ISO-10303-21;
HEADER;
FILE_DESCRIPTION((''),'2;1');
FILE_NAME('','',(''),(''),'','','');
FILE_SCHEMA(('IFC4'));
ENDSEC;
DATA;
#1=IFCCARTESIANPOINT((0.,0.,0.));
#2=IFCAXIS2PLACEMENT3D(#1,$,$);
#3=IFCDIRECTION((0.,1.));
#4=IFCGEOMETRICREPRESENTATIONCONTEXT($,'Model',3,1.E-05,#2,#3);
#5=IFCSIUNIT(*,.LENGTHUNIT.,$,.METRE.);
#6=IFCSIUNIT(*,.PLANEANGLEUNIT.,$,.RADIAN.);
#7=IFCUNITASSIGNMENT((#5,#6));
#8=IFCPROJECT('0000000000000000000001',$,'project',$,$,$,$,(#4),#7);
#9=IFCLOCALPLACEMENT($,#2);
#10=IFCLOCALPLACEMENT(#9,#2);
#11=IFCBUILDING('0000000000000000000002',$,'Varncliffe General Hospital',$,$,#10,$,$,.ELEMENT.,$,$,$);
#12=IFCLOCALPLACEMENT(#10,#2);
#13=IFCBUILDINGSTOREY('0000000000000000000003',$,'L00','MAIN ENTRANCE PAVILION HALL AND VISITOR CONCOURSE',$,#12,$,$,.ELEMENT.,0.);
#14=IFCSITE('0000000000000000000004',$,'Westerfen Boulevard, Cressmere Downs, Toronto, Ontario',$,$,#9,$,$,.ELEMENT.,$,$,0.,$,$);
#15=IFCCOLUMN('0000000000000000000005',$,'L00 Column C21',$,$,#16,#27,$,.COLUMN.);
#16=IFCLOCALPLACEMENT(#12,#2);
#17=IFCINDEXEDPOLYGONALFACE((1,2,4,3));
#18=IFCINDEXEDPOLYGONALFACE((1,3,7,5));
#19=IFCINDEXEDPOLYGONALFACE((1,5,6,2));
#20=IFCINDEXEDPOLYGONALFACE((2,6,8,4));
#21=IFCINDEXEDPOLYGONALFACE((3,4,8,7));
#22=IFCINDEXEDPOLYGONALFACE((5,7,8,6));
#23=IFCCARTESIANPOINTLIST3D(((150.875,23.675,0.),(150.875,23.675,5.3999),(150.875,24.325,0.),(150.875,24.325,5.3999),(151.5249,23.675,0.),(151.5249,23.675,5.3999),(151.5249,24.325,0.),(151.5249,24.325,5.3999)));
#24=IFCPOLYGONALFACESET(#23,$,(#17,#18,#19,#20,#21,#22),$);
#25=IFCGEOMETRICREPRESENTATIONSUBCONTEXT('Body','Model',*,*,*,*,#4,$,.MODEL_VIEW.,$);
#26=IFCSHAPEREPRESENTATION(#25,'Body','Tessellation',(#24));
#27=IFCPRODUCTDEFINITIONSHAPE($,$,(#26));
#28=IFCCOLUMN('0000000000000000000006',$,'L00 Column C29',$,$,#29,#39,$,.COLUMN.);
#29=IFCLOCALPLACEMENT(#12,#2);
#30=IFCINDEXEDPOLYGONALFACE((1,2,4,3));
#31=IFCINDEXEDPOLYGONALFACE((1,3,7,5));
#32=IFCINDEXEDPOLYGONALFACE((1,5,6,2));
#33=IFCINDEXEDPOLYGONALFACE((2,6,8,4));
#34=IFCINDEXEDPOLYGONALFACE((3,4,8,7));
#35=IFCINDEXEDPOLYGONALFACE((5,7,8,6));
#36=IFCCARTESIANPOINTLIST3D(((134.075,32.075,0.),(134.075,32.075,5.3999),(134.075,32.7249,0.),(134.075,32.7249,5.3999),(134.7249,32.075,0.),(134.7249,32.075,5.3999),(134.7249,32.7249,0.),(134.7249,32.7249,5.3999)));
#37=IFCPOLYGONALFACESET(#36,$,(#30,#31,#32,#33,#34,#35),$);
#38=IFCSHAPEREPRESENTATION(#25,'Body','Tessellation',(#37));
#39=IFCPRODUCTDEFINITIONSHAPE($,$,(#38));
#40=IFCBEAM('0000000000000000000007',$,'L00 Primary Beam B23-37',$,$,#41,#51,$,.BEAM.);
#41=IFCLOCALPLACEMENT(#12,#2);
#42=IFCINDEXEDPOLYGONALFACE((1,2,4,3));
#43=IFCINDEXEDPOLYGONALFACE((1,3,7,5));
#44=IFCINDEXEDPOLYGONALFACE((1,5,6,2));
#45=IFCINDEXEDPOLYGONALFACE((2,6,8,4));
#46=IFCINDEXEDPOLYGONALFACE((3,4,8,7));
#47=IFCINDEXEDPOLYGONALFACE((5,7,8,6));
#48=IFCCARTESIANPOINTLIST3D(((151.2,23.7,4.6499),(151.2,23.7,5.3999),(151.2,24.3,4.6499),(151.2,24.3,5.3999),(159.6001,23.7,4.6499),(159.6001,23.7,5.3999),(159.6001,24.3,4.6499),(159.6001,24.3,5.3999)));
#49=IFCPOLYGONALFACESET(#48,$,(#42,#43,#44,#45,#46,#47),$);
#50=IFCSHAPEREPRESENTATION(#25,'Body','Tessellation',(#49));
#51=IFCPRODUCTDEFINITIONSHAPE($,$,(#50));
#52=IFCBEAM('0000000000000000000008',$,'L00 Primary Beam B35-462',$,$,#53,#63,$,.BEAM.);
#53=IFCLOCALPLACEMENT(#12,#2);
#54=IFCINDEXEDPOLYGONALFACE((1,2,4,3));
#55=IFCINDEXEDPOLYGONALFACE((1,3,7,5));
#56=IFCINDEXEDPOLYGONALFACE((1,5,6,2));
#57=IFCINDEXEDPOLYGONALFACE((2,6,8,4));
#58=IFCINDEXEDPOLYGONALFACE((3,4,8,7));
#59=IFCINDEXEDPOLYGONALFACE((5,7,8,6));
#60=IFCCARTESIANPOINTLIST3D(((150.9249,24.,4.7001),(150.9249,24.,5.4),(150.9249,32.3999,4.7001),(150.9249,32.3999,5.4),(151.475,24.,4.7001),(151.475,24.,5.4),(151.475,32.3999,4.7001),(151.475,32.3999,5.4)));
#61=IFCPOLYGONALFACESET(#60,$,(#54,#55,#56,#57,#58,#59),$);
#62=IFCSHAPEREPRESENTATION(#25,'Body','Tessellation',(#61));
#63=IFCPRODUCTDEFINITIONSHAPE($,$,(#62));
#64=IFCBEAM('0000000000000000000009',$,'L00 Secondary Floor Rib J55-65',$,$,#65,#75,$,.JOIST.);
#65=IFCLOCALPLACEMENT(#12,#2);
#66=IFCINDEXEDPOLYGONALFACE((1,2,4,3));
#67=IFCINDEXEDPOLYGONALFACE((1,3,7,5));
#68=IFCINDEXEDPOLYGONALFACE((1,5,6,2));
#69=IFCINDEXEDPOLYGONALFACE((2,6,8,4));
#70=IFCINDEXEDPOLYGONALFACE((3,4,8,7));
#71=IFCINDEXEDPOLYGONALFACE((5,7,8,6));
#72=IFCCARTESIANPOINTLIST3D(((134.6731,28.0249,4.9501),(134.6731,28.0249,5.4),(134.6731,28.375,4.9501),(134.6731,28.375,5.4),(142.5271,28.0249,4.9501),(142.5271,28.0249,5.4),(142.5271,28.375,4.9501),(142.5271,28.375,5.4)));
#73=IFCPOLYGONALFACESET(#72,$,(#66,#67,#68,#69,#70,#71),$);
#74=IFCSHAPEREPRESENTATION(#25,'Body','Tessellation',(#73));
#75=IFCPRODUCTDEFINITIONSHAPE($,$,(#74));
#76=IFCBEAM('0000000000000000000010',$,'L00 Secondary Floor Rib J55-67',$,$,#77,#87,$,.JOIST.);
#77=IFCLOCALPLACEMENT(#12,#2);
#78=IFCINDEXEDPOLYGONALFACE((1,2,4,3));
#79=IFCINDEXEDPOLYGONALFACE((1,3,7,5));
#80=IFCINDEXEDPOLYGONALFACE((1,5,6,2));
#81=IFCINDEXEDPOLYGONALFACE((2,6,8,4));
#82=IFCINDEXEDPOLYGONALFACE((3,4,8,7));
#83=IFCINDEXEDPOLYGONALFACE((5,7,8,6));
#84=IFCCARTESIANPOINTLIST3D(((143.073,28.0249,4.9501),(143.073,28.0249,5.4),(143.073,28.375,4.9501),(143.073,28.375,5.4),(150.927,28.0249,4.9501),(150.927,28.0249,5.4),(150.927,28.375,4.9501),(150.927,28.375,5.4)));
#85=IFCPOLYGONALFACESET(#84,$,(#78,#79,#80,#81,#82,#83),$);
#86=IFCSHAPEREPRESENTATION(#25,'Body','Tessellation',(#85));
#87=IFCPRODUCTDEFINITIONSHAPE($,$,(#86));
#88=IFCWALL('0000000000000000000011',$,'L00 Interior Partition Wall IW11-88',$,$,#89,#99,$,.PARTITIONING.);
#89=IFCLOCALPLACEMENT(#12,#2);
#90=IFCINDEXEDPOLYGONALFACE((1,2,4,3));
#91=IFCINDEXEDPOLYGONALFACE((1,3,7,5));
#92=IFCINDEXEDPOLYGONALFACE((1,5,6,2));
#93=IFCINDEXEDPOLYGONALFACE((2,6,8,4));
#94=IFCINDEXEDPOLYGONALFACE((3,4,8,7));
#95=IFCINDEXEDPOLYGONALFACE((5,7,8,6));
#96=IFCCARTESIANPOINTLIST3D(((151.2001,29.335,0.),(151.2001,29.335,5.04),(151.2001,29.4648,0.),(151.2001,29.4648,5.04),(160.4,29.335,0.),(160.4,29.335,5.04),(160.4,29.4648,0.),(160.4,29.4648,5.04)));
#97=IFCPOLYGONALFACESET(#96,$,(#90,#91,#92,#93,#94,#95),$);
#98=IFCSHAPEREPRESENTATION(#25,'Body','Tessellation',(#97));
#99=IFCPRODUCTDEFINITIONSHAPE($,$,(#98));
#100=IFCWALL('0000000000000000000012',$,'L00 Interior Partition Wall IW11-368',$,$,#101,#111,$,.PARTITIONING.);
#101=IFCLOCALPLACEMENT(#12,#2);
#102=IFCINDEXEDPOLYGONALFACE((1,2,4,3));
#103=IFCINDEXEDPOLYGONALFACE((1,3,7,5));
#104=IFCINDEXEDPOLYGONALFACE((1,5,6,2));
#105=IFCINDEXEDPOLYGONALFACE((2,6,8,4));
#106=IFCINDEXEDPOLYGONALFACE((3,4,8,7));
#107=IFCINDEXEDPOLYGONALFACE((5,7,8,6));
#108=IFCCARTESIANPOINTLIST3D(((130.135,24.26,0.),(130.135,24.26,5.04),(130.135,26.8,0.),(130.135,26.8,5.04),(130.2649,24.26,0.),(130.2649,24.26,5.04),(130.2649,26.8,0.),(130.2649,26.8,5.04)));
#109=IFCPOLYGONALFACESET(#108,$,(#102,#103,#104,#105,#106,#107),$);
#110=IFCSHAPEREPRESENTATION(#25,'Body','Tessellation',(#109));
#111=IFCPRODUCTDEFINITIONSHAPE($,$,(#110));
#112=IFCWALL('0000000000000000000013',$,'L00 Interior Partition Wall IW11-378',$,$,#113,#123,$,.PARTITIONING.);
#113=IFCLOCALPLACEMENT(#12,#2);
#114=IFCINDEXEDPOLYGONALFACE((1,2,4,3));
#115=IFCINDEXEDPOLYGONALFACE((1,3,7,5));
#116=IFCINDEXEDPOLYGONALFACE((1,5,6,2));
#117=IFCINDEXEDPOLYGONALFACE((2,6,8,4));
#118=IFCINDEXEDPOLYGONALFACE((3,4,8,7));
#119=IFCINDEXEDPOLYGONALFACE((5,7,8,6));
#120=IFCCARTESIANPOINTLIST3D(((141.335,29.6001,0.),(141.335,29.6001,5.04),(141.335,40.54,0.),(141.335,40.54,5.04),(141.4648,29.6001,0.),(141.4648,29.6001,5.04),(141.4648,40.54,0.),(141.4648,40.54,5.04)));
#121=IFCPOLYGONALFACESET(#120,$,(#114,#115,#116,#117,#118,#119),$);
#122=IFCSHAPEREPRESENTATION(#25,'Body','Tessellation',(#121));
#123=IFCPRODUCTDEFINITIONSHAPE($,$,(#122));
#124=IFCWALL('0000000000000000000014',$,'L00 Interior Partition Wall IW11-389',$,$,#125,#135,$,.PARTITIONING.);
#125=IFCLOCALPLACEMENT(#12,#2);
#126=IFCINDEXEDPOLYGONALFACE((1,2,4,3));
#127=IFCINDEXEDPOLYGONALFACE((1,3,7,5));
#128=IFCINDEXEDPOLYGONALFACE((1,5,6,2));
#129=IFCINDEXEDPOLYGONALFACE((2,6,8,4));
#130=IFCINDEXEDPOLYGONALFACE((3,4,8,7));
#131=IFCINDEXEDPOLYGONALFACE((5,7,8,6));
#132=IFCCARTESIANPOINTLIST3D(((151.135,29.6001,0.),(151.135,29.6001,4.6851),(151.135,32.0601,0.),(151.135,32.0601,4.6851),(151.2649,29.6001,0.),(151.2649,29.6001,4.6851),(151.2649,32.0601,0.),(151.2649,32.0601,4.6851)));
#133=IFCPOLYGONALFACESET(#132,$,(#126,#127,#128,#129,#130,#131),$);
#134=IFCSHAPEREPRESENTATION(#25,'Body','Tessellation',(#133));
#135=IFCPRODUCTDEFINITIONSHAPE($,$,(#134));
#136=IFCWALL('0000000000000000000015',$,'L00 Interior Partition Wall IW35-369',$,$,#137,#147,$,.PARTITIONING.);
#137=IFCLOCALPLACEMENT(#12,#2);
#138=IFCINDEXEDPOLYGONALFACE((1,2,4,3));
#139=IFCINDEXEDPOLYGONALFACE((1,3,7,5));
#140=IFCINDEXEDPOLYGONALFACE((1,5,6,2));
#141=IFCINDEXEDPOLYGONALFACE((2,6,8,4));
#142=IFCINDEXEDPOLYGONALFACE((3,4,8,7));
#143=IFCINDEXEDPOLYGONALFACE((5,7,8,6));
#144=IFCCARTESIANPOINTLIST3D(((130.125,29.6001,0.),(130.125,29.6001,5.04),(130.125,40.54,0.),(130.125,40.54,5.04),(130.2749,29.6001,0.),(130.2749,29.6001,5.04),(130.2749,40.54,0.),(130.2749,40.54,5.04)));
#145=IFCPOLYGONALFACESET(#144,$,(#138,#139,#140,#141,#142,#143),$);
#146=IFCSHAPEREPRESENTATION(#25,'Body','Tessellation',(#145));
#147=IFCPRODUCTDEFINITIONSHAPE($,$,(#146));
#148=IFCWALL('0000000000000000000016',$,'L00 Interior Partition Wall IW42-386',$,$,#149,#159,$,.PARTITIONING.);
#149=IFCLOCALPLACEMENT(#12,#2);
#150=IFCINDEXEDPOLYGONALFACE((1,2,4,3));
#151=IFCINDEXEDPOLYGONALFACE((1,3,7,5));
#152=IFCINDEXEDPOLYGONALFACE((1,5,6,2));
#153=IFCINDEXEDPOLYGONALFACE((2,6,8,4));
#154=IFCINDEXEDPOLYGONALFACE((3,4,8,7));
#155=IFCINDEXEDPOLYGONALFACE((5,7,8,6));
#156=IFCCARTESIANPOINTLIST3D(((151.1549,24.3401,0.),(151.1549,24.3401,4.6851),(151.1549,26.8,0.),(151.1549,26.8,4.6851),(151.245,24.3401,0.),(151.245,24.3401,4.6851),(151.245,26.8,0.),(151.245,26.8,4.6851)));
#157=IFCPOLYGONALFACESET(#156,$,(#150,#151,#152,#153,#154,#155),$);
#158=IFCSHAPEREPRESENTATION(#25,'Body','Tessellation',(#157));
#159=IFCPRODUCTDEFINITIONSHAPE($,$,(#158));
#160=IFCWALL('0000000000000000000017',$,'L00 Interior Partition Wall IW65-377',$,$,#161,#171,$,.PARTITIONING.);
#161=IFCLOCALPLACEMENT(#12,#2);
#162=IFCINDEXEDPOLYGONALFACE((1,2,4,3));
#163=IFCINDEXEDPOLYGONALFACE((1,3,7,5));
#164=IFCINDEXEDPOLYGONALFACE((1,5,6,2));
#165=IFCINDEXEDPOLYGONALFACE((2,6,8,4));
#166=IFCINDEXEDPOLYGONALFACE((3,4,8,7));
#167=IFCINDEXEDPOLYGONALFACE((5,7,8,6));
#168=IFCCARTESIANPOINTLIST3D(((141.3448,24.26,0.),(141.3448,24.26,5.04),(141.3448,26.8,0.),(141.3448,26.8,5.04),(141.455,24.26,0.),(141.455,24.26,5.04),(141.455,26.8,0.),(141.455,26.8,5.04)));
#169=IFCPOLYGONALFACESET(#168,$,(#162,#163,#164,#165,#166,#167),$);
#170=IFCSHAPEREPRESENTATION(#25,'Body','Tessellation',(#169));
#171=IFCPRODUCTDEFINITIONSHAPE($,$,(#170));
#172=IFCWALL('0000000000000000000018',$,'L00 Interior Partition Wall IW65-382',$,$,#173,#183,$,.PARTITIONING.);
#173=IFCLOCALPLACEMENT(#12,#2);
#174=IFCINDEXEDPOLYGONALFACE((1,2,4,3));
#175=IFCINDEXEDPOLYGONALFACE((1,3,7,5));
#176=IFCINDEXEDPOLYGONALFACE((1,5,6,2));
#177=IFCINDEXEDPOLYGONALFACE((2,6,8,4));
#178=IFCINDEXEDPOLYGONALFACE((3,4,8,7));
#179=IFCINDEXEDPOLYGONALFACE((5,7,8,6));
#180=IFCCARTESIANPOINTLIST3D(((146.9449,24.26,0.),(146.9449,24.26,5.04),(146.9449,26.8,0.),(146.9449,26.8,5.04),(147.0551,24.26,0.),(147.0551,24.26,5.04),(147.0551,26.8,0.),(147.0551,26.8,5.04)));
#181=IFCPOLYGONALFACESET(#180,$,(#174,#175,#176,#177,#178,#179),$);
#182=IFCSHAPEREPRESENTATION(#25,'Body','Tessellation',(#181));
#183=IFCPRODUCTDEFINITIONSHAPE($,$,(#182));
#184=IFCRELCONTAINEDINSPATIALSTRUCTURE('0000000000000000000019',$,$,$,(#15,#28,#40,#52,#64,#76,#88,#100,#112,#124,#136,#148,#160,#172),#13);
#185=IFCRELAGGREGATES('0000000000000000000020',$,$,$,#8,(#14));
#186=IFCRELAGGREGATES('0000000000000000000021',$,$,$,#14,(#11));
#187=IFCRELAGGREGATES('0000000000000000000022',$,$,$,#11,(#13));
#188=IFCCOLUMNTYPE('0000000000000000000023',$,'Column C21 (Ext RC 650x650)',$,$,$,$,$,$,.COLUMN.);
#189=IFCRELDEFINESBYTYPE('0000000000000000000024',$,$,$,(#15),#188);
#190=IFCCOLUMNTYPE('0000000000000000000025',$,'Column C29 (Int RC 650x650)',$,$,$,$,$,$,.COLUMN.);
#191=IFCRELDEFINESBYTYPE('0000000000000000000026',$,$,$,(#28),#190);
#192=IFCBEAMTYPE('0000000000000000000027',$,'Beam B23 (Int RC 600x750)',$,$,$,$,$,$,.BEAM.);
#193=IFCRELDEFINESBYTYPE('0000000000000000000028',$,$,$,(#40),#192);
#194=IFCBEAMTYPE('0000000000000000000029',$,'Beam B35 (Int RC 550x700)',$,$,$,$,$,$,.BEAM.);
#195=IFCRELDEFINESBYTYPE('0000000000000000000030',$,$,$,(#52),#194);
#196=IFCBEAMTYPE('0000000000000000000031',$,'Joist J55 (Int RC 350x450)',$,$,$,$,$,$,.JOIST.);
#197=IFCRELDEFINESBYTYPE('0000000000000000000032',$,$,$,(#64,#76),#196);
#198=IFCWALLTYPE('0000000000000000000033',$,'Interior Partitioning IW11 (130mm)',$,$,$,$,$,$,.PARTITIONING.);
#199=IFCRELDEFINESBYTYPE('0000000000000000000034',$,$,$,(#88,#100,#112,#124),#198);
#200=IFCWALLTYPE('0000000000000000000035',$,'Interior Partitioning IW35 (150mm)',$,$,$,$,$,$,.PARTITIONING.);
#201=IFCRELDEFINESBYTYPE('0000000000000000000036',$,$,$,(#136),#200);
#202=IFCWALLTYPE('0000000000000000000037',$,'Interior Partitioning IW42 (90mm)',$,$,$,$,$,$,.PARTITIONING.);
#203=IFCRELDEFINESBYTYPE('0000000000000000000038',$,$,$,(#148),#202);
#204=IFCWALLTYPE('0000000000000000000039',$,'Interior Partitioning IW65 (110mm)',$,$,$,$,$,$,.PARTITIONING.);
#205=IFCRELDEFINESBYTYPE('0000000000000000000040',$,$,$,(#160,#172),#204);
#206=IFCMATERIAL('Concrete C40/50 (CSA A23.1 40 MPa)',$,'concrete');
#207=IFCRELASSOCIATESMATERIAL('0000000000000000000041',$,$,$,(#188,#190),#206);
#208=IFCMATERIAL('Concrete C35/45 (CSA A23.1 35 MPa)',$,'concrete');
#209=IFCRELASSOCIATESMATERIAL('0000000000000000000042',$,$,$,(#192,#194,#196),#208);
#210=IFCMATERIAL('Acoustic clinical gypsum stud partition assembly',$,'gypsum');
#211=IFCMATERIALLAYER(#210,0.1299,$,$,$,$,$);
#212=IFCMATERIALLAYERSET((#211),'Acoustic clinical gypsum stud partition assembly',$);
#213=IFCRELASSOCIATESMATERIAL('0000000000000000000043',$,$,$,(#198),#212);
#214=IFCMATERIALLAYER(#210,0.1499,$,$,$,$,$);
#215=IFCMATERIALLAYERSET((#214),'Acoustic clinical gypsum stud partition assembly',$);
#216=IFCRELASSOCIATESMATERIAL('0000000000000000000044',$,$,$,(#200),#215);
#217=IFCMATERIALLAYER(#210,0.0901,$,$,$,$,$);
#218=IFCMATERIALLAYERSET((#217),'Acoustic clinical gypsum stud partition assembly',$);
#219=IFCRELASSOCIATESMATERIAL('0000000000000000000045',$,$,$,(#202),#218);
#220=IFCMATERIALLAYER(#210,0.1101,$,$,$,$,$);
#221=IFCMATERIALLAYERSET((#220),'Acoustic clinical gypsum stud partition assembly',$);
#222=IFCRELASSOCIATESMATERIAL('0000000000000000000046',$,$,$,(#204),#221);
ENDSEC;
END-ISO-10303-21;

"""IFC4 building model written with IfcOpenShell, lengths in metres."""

from ifc_helpers import new_model, si_unit, direction, frame, frame_2d, origin, origin_2d, place, context, subcontext, project, spatial, rectangle, extrude, material, layer, layer_set, material_profile, profile_set, type_object, element, save


model = new_model("IFC4")

# Units and contexts
model_context = context("Model", 3, precision=1e-05, world=origin(), true_north=direction((0.0, 1.0)))
body_context = subcontext(model_context, "Body", "Model", "MODEL_VIEW")
ifc_project = project(units=[si_unit("LENGTHUNIT", "METRE"), si_unit("PLANEANGLEUNIT", "RADIAN")], contexts=[model_context])

# Site, building, storey
site_placement = place(None, origin())
site = spatial("IfcSite", under=ifc_project, at=site_placement, Name="Westerfen Boulevard, Cressmere Downs, Toronto, Ontario", CompositionType="ELEMENT", RefElevation=0.0)
building_placement = place(site_placement, origin())
building = spatial("IfcBuilding", under=site, at=building_placement, Name="Varncliffe General Hospital", CompositionType="ELEMENT")
storey_placement = place(building_placement, origin())
storey = spatial("IfcBuildingStorey", under=building, at=storey_placement, Name="L00", Description="MAIN ENTRANCE PAVILION HALL AND VISITOR CONCOURSE", CompositionType="ELEMENT", Elevation=0.0)

# Columns
ifc_material_1 = material(Name="Concrete C40/50 (CSA A23.1 40 MPa)", Category="concrete")
ifc_material_profile_1 = material_profile(ifc_material_1, rectangle(XDim=0.6499, YDim=0.6499, at=origin_2d()), Name="RC 650x650")
ifc_profile_set_1 = profile_set([ifc_material_profile_1], Name="Concrete C40/50 (CSA A23.1 40 MPa)")
column_type_1 = type_object("IfcColumnType", Name="Column C21 (Ext RC 650x650)", PredefinedType="COLUMN", material=ifc_profile_set_1)
column_1_placement = place(storey_placement, frame((151.2, 24.0, 0.0), z_axis=(0.0, 0.0, 1.0), x_axis=(1.0, 0.0, 0.0)))
element("IfcColumn", 1, at=column_1_placement, inside=storey, type_object=column_type_1, Name="L00 Column C21", PredefinedType="COLUMN", context=body_context, shape_type="SweptSolid", body=[
    extrude(rectangle(XDim=0.6499, YDim=0.6499, at=origin_2d()), origin(), (0.0, 0.0, 1.0), 5.3999),
])
ifc_material_profile_2 = material_profile(ifc_material_1, rectangle(XDim=0.6499, YDim=0.6499, at=origin_2d()), Name="RC 650x650")
ifc_profile_set_2 = profile_set([ifc_material_profile_2], Name="Concrete C40/50 (CSA A23.1 40 MPa)")
column_type_2 = type_object("IfcColumnType", Name="Column C29 (Int RC 650x650)", PredefinedType="COLUMN", material=ifc_profile_set_2)
column_2_placement = place(storey_placement, frame((134.3999, 32.3999, 0.0), z_axis=(0.0, 0.0, 1.0), x_axis=(1.0, 0.0, 0.0)))
element("IfcColumn", 2, at=column_2_placement, inside=storey, type_object=column_type_2, Name="L00 Column C29", PredefinedType="COLUMN", context=body_context, shape_type="SweptSolid", body=[
    extrude(rectangle(XDim=0.6499, YDim=0.6499, at=origin_2d()), origin(), (0.0, 0.0, 1.0), 5.3999),
])

# Beams
ifc_material_2 = material(Name="Concrete C35/45 (CSA A23.1 35 MPa)", Category="concrete")
ifc_material_profile_3 = material_profile(ifc_material_2, rectangle(XDim=0.6001, YDim=0.75, at=origin_2d()), Name="RC 600x750")
ifc_profile_set_3 = profile_set([ifc_material_profile_3], Name="Concrete C35/45 (CSA A23.1 35 MPa)")
beam_type_1 = type_object("IfcBeamType", Name="Beam B23 (Int RC 600x750)", PredefinedType="BEAM", material=ifc_profile_set_3)
beam_1_placement = place(storey_placement, frame((151.2, 24.0, 5.0249), z_axis=(1.0, 0.0, 0.0), x_axis=(0.0, 1.0, 0.0)))
element("IfcBeam", 3, at=beam_1_placement, inside=storey, type_object=beam_type_1, Name="L00 Primary Beam B23-37", PredefinedType="BEAM", context=body_context, shape_type="SweptSolid", body=[
    extrude(rectangle(XDim=0.6001, YDim=0.75, at=origin_2d()), origin(), (0.0, 0.0, 1.0), 8.4001),
])
ifc_material_profile_4 = material_profile(ifc_material_2, rectangle(XDim=0.55, YDim=0.7, at=origin_2d()), Name="RC 550x700")
ifc_profile_set_4 = profile_set([ifc_material_profile_4], Name="Concrete C35/45 (CSA A23.1 35 MPa)")
beam_type_2 = type_object("IfcBeamType", Name="Beam B35 (Int RC 550x700)", PredefinedType="BEAM", material=ifc_profile_set_4)
beam_2_placement = place(storey_placement, frame((151.2, 24.0, 5.05), z_axis=(0.0, 1.0, 0.0), x_axis=(-1.0, 0.0, 0.0)))
element("IfcBeam", 4, at=beam_2_placement, inside=storey, type_object=beam_type_2, Name="L00 Primary Beam B35-462", PredefinedType="BEAM", context=body_context, shape_type="SweptSolid", body=[
    extrude(rectangle(XDim=0.55, YDim=0.7, at=origin_2d()), origin(), (0.0, 0.0, 1.0), 8.3999),
])
ifc_material_profile_5 = material_profile(ifc_material_2, rectangle(XDim=0.3501, YDim=0.45, at=origin_2d()), Name="RC 350x450")
ifc_profile_set_5 = profile_set([ifc_material_profile_5], Name="Concrete C35/45 (CSA A23.1 35 MPa)")
beam_type_3 = type_object("IfcBeamType", Name="Joist J55 (Int RC 350x450)", PredefinedType="JOIST", material=ifc_profile_set_5)
for number, where, z_axis, x_axis, name in (
    (5, (134.6731, 28.2, 5.175), (1.0, 0.0, 0.0), (0.0, 1.0, 0.0), "L00 Secondary Floor Rib J55-65"),
    (6, (143.073, 28.2, 5.175), (1.0, 0.0, 0.0), (0.0, 1.0, 0.0), "L00 Secondary Floor Rib J55-67"),
):
    element("IfcBeam", number, at=place(storey_placement, frame(where, z_axis=z_axis, x_axis=x_axis)), inside=storey, type_object=beam_type_3, Name=name, PredefinedType="JOIST", context=body_context, shape_type="SweptSolid", body=[
        extrude(rectangle(XDim=0.3501, YDim=0.45, at=origin_2d()), origin(), (0.0, 0.0, 1.0), 7.854),
    ])

# Walls
ifc_material_3 = material(Name="Acoustic clinical gypsum stud partition assembly", Category="gypsum")
ifc_layer_1 = layer(ifc_material_3, 0.1299)
ifc_layer_set_1 = layer_set([ifc_layer_1], Name="Acoustic clinical gypsum stud partition assembly")
wall_type_1 = type_object("IfcWallType", Name="Interior Partitioning IW11 (130mm)", PredefinedType="PARTITIONING", material=ifc_layer_set_1)
wall_1_placement = place(storey_placement, frame((151.2, 29.3999, 0.0), z_axis=(0.0, 0.0, 1.0), x_axis=(1.0, 0.0, 0.0)))
element("IfcWall", 7, at=wall_1_placement, inside=storey, type_object=wall_type_1, Name="L00 Interior Partition Wall IW11-88", PredefinedType="PARTITIONING", context=body_context, shape_type="SweptSolid", body=[
    extrude(rectangle(XDim=9.2, YDim=0.1299, at=frame_2d((4.6001, 0.0))), origin(), (0.0, 0.0, 1.0), 5.04),
])
wall_2_placement = place(storey_placement, frame((130.2, 24.26, 0.0), z_axis=(0.0, 0.0, 1.0), x_axis=(0.0, 1.0, 0.0)))
element("IfcWall", 8, at=wall_2_placement, inside=storey, type_object=wall_type_1, Name="L00 Interior Partition Wall IW11-368", PredefinedType="PARTITIONING", context=body_context, shape_type="SweptSolid", body=[
    extrude(rectangle(XDim=2.54, YDim=0.1299, at=frame_2d((1.27, 0.0))), origin(), (0.0, 0.0, 1.0), 5.04),
])
wall_3_placement = place(storey_placement, frame((141.3999, 29.6001, 0.0), z_axis=(0.0, 0.0, 1.0), x_axis=(0.0, 1.0, 0.0)))
element("IfcWall", 9, at=wall_3_placement, inside=storey, type_object=wall_type_1, Name="L00 Interior Partition Wall IW11-378", PredefinedType="PARTITIONING", context=body_context, shape_type="SweptSolid", body=[
    extrude(rectangle(XDim=10.9399, YDim=0.1299, at=frame_2d((5.47, 0.0))), origin(), (0.0, 0.0, 1.0), 5.04),
])
wall_4_placement = place(storey_placement, frame((151.2, 29.6001, 0.0), z_axis=(0.0, 0.0, 1.0), x_axis=(0.0, 1.0, 0.0)))
element("IfcWall", 10, at=wall_4_placement, inside=storey, type_object=wall_type_1, Name="L00 Interior Partition Wall IW11-389", PredefinedType="PARTITIONING", context=body_context, shape_type="SweptSolid", body=[
    extrude(rectangle(XDim=2.46, YDim=0.1299, at=frame_2d((1.23, 0.0))), origin(), (0.0, 0.0, 1.0), 4.6851),
])
ifc_layer_2 = layer(ifc_material_3, 0.1499)
ifc_layer_set_2 = layer_set([ifc_layer_2], Name="Acoustic clinical gypsum stud partition assembly")
wall_type_2 = type_object("IfcWallType", Name="Interior Partitioning IW35 (150mm)", PredefinedType="PARTITIONING", material=ifc_layer_set_2)
wall_5_placement = place(storey_placement, frame((130.2, 29.6001, 0.0), z_axis=(0.0, 0.0, 1.0), x_axis=(0.0, 1.0, 0.0)))
element("IfcWall", 11, at=wall_5_placement, inside=storey, type_object=wall_type_2, Name="L00 Interior Partition Wall IW35-369", PredefinedType="PARTITIONING", context=body_context, shape_type="SweptSolid", body=[
    extrude(rectangle(XDim=10.9399, YDim=0.1499, at=frame_2d((5.47, 0.0))), origin(), (0.0, 0.0, 1.0), 5.04),
])
ifc_layer_3 = layer(ifc_material_3, 0.0901)
ifc_layer_set_3 = layer_set([ifc_layer_3], Name="Acoustic clinical gypsum stud partition assembly")
wall_type_3 = type_object("IfcWallType", Name="Interior Partitioning IW42 (90mm)", PredefinedType="PARTITIONING", material=ifc_layer_set_3)
wall_6_placement = place(storey_placement, frame((151.2, 24.3401, 0.0), z_axis=(0.0, 0.0, 1.0), x_axis=(0.0, 1.0, 0.0)))
element("IfcWall", 12, at=wall_6_placement, inside=storey, type_object=wall_type_3, Name="L00 Interior Partition Wall IW42-386", PredefinedType="PARTITIONING", context=body_context, shape_type="SweptSolid", body=[
    extrude(rectangle(XDim=2.46, YDim=0.0901, at=frame_2d((1.23, 0.0))), origin(), (0.0, 0.0, 1.0), 4.6851),
])
ifc_layer_4 = layer(ifc_material_3, 0.1101)
ifc_layer_set_4 = layer_set([ifc_layer_4], Name="Acoustic clinical gypsum stud partition assembly")
wall_type_4 = type_object("IfcWallType", Name="Interior Partitioning IW65 (110mm)", PredefinedType="PARTITIONING", material=ifc_layer_set_4)
for number, where, z_axis, x_axis, name in (
    (13, (141.3999, 24.26, 0.0), (0.0, 0.0, 1.0), (0.0, 1.0, 0.0), "L00 Interior Partition Wall IW65-377"),
    (14, (147.0, 24.26, 0.0), (0.0, 0.0, 1.0), (0.0, 1.0, 0.0), "L00 Interior Partition Wall IW65-382"),
):
    element("IfcWall", number, at=place(storey_placement, frame(where, z_axis=z_axis, x_axis=x_axis)), inside=storey, type_object=wall_type_4, Name=name, PredefinedType="PARTITIONING", context=body_context, shape_type="SweptSolid", body=[
        extrude(rectangle(XDim=2.54, YDim=0.1101, at=frame_2d((1.27, 0.0))), origin(), (0.0, 0.0, 1.0), 5.04),
    ])

save(model, "model.ifc")
